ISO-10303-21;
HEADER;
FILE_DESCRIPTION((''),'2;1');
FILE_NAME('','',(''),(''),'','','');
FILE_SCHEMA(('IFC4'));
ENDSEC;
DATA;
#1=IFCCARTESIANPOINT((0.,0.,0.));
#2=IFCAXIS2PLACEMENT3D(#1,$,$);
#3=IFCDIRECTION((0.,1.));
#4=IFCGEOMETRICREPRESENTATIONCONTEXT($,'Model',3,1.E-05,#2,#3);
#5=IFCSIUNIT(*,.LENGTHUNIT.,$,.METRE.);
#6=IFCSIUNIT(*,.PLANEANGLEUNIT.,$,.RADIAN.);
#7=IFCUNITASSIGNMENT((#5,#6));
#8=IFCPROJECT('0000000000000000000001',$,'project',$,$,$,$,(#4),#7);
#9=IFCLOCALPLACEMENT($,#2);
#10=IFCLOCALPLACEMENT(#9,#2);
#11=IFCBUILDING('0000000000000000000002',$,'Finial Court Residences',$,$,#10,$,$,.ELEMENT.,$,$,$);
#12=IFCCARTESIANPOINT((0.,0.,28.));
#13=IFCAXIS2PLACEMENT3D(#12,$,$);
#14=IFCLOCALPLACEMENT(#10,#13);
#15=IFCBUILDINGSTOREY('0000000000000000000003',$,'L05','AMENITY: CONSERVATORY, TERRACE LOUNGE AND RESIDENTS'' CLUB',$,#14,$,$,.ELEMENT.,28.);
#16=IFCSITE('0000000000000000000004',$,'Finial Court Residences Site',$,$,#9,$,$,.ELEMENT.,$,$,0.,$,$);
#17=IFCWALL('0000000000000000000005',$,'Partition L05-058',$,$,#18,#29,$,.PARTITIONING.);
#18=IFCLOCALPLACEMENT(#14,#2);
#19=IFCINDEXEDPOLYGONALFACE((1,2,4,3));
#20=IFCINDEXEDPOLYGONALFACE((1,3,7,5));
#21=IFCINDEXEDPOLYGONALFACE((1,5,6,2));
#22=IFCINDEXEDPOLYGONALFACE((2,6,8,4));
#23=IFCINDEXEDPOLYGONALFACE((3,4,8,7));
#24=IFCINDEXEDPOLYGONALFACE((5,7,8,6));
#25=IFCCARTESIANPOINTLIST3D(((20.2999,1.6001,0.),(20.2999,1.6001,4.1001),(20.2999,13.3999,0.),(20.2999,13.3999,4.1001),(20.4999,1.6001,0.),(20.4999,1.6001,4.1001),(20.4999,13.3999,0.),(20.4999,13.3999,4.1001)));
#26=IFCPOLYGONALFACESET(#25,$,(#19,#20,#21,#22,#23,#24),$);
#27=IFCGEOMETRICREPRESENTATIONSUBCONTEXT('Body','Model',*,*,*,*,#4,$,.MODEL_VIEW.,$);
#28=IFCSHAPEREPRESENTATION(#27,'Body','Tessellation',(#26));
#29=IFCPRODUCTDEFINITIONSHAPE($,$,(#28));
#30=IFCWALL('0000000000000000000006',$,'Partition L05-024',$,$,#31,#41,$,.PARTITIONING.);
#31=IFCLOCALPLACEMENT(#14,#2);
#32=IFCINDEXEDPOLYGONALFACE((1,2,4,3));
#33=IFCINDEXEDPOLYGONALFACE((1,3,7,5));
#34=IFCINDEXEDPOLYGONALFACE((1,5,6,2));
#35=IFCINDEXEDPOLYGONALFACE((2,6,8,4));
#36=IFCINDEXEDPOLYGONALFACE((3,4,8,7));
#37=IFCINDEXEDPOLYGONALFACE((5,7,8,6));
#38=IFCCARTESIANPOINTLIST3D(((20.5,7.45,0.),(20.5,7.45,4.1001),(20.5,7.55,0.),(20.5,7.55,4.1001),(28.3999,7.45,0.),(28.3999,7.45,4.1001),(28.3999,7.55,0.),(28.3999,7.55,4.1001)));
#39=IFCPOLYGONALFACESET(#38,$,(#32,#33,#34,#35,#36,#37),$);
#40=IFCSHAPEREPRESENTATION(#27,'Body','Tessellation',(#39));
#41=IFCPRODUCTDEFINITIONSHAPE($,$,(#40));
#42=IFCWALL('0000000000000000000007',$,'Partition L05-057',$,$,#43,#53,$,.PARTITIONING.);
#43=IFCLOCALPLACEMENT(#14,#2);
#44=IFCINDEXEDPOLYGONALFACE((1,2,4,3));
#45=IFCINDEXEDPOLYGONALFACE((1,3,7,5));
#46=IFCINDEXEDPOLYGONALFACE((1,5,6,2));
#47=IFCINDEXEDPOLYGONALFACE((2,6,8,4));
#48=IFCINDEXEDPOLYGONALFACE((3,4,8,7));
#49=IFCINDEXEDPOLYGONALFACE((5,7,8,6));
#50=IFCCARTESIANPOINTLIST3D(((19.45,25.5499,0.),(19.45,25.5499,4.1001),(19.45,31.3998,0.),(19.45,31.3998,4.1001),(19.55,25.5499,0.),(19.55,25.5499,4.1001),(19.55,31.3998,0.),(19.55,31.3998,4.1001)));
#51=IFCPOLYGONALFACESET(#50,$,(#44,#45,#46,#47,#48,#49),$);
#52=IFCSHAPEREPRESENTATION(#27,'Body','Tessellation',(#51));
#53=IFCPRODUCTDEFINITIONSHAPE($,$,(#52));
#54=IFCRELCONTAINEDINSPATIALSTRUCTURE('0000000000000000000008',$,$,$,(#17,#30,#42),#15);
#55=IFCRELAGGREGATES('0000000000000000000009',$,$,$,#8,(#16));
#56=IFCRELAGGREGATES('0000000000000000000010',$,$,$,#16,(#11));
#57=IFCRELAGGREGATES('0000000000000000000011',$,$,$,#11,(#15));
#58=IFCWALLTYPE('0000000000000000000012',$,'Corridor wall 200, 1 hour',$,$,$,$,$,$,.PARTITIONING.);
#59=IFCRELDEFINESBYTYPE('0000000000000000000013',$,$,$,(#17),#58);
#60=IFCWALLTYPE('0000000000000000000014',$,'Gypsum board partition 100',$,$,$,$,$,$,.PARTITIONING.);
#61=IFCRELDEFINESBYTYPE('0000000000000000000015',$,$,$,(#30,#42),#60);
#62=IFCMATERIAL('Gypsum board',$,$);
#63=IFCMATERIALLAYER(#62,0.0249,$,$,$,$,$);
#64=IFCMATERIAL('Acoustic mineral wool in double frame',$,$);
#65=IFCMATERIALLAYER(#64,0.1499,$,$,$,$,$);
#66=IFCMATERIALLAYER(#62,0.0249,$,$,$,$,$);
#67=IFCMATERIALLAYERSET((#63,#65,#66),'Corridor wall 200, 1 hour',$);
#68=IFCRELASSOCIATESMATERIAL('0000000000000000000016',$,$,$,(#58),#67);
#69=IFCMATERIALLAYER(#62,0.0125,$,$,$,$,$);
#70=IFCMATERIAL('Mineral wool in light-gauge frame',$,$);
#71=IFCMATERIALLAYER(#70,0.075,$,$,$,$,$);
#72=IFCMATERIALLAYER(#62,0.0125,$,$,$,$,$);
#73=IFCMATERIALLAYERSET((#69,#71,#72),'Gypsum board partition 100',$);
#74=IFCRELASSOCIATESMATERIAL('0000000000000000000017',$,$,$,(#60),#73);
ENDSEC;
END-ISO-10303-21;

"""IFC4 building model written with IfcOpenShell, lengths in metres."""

from ifc_helpers import new_model, si_unit, direction, frame, frame_2d, origin, place, context, subcontext, project, spatial, rectangle, extrude, material, layer, layer_set, type_object, element, save


model = new_model("IFC4")

# Units and contexts
model_context = context("Model", 3, precision=1e-05, world=origin(), true_north=direction((0.0, 1.0)))
body_context = subcontext(model_context, "Body", "Model", "MODEL_VIEW")
ifc_project = project(units=[si_unit("LENGTHUNIT", "METRE"), si_unit("PLANEANGLEUNIT", "RADIAN")], contexts=[model_context])

# Site, building, storey
site_placement = place(None, origin())
site = spatial("IfcSite", under=ifc_project, at=site_placement, Name="Finial Court Residences Site", CompositionType="ELEMENT", RefElevation=0.0)
building_placement = place(site_placement, origin())
building = spatial("IfcBuilding", under=site, at=building_placement, Name="Finial Court Residences", CompositionType="ELEMENT")
storey_placement = place(building_placement, frame((0.0, 0.0, 28.0)))
storey = spatial("IfcBuildingStorey", under=building, at=storey_placement, Name="L05", Description="AMENITY: CONSERVATORY, TERRACE LOUNGE AND RESIDENTS' CLUB", CompositionType="ELEMENT", Elevation=28.0)

# Shared definitions
ifc_material_1 = material(Name="Gypsum board")
ifc_layer_1 = layer(ifc_material_1, 0.0249)
ifc_material_2 = material(Name="Acoustic mineral wool in double frame")
ifc_layer_2 = layer(ifc_material_2, 0.1499)
ifc_layer_3 = layer(ifc_material_1, 0.0249)
ifc_layer_set_1 = layer_set([ifc_layer_1, ifc_layer_2, ifc_layer_3], Name="Corridor wall 200, 1 hour")
wall_type_1 = type_object("IfcWallType", Name="Corridor wall 200, 1 hour", PredefinedType="PARTITIONING", material=ifc_layer_set_1)

# Walls
for number, where, z_axis, x_axis, name in (
    (1, (20.3999, 1.6001, 0.0), (0.0, 0.0, 1.0), (0.0, 1.0, 0.0), "Partition L05-058"),
):
    element("IfcWall", number, at=place(storey_placement, frame(where, z_axis=z_axis, x_axis=x_axis)), inside=storey, type_object=wall_type_1, Name=name, PredefinedType="PARTITIONING", context=body_context, shape_type="SweptSolid", body=[
        extrude(rectangle(XDim=11.7998, YDim=0.2, at=frame_2d((5.8999, 0.0))), origin(), (0.0, 0.0, 1.0), 4.1001),
    ])
ifc_layer_4 = layer(ifc_material_1, 0.0125)
ifc_material_3 = material(Name="Mineral wool in light-gauge frame")
ifc_layer_5 = layer(ifc_material_3, 0.075)
ifc_layer_6 = layer(ifc_material_1, 0.0125)
ifc_layer_set_2 = layer_set([ifc_layer_4, ifc_layer_5, ifc_layer_6], Name="Gypsum board partition 100")
wall_type_2 = type_object("IfcWallType", Name="Gypsum board partition 100", PredefinedType="PARTITIONING", material=ifc_layer_set_2)
wall_1_placement = place(storey_placement, frame((20.5, 7.5, 0.0), z_axis=(0.0, 0.0, 1.0), x_axis=(1.0, 0.0, 0.0)))
element("IfcWall", 2, at=wall_1_placement, inside=storey, type_object=wall_type_2, Name="Partition L05-024", PredefinedType="PARTITIONING", context=body_context, shape_type="SweptSolid", body=[
    extrude(rectangle(XDim=7.8999, YDim=0.1001, at=frame_2d((3.95, 0.0))), origin(), (0.0, 0.0, 1.0), 4.1001),
])
wall_2_placement = place(storey_placement, frame((19.5, 25.55, 0.0), z_axis=(0.0, 0.0, 1.0), x_axis=(0.0, 1.0, 0.0)))
element("IfcWall", 3, at=wall_2_placement, inside=storey, type_object=wall_type_2, Name="Partition L05-057", PredefinedType="PARTITIONING", context=body_context, shape_type="SweptSolid", body=[
    extrude(rectangle(XDim=5.8499, YDim=0.1001, at=frame_2d((2.9248, 0.0))), origin(), (0.0, 0.0, 1.0), 4.1001),
])

save(model, "model.ifc")
